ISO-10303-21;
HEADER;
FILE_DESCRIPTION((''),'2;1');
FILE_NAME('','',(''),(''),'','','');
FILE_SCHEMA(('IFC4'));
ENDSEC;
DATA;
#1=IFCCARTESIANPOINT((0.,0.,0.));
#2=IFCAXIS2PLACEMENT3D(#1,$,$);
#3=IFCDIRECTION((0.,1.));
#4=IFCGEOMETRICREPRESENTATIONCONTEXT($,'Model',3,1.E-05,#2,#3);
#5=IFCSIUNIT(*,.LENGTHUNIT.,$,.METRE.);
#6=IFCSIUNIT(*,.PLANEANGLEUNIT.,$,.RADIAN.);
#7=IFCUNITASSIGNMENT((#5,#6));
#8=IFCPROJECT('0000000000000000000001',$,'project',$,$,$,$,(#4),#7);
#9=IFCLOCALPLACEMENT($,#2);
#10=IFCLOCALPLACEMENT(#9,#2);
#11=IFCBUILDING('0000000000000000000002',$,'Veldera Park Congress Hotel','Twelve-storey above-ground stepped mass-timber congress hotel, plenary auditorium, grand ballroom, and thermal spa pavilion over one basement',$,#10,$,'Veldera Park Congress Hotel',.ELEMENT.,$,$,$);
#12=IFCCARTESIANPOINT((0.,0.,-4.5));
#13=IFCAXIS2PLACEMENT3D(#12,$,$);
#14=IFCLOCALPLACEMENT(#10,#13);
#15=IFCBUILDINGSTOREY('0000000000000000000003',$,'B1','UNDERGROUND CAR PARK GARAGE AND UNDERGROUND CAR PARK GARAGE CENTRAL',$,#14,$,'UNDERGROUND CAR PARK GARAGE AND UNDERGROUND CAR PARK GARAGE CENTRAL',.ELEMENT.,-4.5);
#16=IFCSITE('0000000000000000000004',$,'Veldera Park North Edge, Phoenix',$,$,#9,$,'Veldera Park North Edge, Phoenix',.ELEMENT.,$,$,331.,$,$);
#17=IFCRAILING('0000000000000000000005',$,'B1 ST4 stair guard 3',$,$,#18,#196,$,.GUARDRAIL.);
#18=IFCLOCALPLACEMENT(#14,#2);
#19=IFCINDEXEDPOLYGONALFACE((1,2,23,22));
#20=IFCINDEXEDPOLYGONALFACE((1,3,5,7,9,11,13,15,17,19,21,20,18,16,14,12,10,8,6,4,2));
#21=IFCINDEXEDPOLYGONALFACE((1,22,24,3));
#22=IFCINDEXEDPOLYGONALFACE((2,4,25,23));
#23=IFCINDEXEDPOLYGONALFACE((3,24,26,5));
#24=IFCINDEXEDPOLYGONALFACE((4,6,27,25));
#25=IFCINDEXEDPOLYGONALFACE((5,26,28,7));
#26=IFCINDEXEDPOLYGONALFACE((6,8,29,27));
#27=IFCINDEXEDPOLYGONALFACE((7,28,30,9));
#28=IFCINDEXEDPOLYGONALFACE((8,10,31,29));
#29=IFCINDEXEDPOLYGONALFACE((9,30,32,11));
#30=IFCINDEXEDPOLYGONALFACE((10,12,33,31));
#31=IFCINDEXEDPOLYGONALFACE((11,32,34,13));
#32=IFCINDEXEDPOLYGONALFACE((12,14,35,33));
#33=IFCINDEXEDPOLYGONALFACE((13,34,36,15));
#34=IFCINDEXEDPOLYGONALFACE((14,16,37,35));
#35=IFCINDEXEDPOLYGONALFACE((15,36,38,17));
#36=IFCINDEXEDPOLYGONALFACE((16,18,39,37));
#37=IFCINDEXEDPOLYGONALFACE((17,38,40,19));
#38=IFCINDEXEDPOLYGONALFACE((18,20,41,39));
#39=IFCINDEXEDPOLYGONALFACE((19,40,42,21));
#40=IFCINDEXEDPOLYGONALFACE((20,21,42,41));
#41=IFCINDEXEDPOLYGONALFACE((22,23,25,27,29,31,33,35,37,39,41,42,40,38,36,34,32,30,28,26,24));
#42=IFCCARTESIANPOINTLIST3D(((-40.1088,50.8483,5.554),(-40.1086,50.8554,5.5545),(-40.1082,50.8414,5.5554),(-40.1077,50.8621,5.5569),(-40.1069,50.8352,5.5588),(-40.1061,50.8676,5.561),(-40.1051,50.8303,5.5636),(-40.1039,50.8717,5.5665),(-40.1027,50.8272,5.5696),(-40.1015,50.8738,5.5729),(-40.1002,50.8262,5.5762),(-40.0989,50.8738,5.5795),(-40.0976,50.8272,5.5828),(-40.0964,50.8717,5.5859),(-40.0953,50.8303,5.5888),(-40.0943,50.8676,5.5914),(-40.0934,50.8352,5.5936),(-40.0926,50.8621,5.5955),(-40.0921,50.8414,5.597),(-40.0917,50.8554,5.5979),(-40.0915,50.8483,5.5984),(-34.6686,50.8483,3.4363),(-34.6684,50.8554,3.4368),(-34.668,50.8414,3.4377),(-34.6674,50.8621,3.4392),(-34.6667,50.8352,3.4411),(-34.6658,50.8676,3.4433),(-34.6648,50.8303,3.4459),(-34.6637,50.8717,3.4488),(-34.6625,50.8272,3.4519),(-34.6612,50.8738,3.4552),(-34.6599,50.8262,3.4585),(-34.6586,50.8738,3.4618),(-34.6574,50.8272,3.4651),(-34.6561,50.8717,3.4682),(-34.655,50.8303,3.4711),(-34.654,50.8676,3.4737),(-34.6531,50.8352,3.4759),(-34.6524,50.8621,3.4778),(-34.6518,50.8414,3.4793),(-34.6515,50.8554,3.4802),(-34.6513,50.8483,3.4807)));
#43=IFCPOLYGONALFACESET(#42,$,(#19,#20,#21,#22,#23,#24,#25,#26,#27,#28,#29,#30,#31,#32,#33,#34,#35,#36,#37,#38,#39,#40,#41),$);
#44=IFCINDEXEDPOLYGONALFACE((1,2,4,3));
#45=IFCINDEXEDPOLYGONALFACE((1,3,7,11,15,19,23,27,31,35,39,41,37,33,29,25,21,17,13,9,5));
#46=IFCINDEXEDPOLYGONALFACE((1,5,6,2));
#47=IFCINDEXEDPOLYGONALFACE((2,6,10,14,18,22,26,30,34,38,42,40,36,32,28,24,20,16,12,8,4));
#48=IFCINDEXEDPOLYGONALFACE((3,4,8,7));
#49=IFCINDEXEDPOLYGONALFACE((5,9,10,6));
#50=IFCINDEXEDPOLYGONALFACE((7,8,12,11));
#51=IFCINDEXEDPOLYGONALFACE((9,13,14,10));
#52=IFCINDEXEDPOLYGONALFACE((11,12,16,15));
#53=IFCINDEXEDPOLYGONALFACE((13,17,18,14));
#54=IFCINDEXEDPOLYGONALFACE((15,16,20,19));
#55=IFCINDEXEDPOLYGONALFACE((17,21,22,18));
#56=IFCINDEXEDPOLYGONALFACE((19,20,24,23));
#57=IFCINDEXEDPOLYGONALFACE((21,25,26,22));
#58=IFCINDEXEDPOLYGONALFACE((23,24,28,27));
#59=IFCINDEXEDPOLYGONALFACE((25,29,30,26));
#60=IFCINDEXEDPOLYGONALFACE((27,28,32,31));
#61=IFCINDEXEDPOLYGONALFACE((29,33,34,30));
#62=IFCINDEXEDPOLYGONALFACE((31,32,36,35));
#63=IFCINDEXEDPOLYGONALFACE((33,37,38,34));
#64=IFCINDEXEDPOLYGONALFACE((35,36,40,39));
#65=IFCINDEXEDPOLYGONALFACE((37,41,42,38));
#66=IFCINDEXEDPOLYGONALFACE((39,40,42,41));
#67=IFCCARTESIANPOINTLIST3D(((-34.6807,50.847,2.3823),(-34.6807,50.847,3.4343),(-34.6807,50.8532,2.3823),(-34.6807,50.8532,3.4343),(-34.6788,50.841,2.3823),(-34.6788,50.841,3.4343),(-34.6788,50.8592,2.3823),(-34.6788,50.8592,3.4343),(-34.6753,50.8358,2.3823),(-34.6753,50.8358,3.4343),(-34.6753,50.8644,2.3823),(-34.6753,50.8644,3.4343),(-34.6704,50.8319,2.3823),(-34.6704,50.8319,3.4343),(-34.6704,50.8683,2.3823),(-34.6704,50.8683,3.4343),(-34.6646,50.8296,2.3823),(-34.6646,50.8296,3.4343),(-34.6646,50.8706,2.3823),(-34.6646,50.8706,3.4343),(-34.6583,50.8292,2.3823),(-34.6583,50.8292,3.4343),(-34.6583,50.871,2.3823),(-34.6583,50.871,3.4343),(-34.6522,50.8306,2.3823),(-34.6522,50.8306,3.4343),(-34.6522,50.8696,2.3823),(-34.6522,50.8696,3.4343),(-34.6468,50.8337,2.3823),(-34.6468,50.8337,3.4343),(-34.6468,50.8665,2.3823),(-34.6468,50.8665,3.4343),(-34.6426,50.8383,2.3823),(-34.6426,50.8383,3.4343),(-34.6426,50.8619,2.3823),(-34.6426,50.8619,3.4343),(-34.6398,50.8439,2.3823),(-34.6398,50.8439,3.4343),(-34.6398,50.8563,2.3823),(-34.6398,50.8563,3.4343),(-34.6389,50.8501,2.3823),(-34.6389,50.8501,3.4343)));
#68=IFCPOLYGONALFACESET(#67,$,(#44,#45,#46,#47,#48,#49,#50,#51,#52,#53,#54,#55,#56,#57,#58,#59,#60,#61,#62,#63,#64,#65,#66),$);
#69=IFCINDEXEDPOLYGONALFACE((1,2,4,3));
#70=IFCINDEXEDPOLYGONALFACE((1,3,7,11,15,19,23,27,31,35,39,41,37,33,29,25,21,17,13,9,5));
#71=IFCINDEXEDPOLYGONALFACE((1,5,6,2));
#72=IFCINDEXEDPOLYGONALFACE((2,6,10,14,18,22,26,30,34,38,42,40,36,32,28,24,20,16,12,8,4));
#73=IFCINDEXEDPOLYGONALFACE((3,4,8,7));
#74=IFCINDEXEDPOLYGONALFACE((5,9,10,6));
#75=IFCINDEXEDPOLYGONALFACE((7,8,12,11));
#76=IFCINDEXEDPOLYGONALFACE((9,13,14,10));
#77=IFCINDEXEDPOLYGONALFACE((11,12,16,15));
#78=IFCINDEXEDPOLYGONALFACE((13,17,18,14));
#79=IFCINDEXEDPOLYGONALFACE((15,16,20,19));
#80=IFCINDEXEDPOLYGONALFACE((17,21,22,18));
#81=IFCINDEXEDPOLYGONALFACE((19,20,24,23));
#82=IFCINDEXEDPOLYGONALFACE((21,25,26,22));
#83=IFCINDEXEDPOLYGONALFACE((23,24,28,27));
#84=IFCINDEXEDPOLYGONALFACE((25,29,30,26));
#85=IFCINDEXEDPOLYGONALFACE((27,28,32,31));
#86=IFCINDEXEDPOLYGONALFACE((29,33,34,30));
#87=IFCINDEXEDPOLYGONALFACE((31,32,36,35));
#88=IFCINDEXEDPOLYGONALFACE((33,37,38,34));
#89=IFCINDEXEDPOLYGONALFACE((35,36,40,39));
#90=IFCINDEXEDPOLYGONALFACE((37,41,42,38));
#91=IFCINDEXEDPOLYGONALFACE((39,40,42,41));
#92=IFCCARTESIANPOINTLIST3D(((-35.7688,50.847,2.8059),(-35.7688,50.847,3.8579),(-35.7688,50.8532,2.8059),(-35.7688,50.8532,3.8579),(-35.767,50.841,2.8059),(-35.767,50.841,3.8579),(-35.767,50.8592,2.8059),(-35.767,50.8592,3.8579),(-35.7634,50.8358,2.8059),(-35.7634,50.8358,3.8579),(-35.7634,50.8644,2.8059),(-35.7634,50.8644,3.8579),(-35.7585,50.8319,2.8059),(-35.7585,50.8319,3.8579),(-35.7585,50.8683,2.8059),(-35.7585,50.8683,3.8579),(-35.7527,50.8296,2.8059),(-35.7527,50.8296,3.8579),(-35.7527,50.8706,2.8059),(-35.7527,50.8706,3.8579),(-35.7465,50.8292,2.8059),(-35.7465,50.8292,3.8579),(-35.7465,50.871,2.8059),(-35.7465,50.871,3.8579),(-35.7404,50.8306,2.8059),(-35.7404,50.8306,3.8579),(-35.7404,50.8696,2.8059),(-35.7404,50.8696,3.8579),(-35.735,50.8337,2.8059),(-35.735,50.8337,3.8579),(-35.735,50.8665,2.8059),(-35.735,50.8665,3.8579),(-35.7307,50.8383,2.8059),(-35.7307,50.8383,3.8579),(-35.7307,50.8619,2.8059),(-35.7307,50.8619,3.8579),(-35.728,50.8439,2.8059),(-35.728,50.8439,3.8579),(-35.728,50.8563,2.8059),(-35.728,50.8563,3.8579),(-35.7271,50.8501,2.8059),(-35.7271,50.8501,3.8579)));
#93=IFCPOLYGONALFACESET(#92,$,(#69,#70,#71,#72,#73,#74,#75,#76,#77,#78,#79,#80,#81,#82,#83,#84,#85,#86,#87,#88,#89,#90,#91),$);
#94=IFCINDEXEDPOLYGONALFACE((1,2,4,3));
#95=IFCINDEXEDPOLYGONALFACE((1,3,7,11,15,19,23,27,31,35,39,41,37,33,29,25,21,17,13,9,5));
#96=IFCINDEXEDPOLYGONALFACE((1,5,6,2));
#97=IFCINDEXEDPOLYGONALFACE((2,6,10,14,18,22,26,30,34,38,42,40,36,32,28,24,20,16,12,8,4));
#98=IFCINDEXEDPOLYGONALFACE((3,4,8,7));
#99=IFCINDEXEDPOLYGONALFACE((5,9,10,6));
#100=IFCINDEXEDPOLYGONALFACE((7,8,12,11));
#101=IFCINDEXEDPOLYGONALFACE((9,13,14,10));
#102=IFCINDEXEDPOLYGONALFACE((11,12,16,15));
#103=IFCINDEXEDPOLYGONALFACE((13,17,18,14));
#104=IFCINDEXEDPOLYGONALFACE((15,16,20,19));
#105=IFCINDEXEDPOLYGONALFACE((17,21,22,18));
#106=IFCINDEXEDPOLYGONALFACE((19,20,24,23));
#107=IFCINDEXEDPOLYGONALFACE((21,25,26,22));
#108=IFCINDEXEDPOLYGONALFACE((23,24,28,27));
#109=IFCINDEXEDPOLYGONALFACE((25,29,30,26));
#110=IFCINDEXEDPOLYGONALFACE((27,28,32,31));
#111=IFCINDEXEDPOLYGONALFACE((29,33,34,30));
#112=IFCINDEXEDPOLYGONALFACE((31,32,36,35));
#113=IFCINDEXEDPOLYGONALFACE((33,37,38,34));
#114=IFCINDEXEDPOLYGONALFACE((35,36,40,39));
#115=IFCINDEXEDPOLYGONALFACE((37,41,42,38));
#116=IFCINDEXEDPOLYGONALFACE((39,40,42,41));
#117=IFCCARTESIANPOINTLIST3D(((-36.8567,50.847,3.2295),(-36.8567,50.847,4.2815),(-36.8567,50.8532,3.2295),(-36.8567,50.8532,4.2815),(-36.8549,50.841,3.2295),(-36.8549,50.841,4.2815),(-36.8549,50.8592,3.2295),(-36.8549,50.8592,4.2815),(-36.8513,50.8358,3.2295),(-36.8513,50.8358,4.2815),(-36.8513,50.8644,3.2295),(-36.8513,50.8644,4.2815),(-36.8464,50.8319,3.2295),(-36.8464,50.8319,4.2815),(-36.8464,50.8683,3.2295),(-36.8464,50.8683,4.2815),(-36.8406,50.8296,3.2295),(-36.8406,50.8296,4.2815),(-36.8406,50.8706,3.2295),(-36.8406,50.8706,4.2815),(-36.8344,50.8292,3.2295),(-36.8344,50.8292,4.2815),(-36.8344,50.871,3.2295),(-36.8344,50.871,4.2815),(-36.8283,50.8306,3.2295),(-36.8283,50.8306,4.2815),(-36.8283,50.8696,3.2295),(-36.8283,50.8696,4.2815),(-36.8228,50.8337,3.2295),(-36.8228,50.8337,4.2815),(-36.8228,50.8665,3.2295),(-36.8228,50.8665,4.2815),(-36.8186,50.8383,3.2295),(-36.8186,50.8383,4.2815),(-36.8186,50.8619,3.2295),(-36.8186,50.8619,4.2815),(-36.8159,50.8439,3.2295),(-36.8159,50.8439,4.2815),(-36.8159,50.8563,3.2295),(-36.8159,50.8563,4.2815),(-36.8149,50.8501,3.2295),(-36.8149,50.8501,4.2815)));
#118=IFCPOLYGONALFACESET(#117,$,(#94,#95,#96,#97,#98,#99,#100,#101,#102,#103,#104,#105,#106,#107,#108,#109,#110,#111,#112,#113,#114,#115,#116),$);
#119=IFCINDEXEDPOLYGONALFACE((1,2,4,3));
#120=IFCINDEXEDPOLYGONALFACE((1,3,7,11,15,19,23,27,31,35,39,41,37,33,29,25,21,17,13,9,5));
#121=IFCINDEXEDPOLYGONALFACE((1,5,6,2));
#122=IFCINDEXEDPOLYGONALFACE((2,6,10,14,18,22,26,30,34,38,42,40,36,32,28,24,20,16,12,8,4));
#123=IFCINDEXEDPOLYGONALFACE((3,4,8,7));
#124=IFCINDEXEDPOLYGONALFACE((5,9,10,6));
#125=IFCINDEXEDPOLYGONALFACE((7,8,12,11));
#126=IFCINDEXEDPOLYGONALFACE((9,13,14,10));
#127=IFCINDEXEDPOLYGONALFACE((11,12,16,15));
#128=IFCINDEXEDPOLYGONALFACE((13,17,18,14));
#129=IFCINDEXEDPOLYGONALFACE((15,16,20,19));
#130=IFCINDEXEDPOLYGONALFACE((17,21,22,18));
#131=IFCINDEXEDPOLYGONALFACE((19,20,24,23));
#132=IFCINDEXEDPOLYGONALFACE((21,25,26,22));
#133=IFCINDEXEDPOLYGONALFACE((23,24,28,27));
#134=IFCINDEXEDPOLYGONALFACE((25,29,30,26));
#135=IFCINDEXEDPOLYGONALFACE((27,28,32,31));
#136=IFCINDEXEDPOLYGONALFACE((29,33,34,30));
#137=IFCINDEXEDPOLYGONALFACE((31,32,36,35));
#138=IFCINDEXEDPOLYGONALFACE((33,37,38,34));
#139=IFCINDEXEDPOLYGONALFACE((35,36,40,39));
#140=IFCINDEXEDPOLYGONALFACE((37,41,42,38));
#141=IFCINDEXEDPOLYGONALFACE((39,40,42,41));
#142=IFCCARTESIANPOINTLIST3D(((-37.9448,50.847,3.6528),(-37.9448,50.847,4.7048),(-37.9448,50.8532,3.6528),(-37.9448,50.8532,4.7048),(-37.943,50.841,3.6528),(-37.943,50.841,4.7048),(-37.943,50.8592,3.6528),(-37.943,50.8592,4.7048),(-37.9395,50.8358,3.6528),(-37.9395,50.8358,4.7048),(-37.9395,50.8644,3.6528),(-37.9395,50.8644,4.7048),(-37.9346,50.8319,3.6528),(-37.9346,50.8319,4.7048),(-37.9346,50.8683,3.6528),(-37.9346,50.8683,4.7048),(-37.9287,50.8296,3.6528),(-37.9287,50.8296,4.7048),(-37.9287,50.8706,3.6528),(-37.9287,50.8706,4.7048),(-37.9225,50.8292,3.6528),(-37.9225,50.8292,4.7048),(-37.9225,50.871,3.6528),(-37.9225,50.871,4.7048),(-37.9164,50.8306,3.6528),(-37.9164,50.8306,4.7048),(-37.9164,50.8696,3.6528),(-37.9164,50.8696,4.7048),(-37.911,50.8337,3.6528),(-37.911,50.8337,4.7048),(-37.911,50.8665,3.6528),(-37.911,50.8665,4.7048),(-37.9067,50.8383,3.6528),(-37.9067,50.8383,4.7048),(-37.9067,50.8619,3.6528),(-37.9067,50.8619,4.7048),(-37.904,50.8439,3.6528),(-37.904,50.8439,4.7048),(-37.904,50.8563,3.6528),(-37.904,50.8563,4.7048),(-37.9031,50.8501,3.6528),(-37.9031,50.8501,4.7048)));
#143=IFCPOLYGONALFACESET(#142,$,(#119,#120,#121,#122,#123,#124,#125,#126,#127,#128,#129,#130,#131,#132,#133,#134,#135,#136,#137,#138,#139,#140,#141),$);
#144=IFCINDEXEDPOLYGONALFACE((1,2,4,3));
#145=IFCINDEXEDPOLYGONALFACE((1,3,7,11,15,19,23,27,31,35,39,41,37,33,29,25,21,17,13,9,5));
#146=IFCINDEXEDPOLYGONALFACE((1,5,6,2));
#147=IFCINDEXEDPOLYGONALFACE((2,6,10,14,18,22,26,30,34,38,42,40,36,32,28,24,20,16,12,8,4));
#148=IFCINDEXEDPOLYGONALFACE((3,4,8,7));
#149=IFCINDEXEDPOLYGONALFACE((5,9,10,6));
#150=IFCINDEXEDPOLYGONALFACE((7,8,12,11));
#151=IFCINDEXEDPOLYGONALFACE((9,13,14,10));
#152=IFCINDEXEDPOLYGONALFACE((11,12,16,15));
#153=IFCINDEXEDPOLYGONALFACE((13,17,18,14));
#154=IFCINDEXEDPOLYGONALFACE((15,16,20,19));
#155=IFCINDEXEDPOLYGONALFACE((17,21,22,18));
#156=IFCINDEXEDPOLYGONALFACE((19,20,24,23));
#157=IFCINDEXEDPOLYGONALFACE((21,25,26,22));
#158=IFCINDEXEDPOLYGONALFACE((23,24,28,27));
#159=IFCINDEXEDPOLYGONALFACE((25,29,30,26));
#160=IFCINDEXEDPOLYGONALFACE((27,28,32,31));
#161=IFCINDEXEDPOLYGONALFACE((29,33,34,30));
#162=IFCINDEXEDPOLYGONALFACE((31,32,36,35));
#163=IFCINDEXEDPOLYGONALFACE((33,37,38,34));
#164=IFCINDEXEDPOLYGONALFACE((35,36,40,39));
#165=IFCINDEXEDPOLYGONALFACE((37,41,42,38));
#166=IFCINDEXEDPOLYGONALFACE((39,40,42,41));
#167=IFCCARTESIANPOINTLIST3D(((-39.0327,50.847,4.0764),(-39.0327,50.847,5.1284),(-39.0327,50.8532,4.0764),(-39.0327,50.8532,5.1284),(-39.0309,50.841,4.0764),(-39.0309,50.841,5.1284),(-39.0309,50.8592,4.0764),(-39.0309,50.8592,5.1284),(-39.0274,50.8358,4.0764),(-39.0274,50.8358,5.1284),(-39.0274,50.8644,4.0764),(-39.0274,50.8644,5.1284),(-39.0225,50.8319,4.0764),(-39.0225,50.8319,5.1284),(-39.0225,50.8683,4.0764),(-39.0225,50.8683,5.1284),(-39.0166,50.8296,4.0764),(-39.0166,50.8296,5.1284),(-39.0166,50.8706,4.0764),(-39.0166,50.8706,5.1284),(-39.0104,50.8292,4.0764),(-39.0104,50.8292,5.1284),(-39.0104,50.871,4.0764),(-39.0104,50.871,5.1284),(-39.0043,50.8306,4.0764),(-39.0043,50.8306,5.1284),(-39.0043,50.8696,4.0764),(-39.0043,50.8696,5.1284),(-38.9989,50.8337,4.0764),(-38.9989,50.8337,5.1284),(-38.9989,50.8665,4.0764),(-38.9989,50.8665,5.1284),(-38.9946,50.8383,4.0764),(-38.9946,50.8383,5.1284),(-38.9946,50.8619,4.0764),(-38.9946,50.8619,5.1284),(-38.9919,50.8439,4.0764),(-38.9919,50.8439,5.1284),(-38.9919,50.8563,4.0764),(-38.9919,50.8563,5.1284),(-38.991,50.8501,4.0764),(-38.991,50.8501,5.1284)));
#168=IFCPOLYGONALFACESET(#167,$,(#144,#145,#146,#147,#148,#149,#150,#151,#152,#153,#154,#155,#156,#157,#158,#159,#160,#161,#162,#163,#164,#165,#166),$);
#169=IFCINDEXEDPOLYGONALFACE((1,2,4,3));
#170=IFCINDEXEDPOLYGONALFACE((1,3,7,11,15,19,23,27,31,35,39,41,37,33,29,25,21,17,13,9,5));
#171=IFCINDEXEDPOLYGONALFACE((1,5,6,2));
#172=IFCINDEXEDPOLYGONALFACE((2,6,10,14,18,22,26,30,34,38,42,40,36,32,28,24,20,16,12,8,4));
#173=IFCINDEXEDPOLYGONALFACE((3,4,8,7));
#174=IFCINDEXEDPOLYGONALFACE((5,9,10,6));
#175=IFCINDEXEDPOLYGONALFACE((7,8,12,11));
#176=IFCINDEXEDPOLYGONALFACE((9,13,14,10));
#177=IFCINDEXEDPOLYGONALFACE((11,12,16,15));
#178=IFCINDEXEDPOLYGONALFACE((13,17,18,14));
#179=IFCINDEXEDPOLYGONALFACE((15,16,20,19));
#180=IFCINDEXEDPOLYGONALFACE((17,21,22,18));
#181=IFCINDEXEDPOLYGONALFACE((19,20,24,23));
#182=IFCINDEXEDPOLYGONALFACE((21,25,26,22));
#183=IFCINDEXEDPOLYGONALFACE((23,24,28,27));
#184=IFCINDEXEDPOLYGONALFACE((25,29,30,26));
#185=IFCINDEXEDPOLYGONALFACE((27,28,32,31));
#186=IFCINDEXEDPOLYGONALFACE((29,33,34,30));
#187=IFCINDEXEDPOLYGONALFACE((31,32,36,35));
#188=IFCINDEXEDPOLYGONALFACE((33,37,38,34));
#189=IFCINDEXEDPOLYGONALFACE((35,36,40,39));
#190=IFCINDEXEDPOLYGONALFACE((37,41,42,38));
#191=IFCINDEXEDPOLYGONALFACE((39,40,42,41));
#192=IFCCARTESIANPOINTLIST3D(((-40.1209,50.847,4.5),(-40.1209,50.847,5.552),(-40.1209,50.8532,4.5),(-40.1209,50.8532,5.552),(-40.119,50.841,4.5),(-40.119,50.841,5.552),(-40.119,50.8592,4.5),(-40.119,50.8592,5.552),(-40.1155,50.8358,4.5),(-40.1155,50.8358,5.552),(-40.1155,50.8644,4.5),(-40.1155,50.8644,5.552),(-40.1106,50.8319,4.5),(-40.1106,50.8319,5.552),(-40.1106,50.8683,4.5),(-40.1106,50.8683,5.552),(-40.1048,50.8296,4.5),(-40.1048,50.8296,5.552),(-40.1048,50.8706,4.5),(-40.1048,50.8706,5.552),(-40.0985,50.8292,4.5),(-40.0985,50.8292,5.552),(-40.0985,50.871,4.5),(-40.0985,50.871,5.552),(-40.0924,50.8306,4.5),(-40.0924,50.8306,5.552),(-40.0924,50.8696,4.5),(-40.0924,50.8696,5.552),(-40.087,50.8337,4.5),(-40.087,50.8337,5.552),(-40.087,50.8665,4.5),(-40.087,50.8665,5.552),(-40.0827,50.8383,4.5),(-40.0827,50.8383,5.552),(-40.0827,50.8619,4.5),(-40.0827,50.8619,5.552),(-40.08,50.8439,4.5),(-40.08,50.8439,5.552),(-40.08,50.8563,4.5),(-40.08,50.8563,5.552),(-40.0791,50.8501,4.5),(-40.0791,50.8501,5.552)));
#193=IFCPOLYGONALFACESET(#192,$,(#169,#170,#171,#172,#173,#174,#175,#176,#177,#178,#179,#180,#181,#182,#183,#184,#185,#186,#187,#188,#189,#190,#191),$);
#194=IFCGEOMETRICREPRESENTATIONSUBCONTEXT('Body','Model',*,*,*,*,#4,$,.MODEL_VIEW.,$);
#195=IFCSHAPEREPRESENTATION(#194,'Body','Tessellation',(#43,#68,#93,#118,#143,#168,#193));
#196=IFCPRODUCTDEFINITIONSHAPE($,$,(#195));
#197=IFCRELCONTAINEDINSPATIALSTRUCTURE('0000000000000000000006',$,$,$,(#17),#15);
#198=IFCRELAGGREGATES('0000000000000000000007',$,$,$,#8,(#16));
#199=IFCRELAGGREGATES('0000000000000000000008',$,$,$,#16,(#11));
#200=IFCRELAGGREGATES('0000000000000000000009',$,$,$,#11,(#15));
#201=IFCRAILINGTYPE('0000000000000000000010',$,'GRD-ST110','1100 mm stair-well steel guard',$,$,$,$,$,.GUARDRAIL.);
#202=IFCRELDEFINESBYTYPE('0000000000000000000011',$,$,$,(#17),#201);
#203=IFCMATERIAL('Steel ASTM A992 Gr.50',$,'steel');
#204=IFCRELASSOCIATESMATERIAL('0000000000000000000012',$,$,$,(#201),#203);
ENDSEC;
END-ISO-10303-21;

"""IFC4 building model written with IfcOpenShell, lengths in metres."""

from ifc_helpers import new_model, si_unit, direction, frame, origin, origin_2d, place, context, subcontext, project, spatial, circle, extrude, material, type_object, element, save


model = new_model("IFC4")

# Units and contexts
model_context = context("Model", 3, precision=1e-05, world=origin(), true_north=direction((0.0, 1.0)))
body_context = subcontext(model_context, "Body", "Model", "MODEL_VIEW")
ifc_project = project(units=[si_unit("LENGTHUNIT", "METRE"), si_unit("PLANEANGLEUNIT", "RADIAN")], contexts=[model_context])

# Site, building, storey
site_placement = place(None, origin())
site = spatial("IfcSite", under=ifc_project, at=site_placement, Name="Veldera Park North Edge, Phoenix", LongName="Veldera Park North Edge, Phoenix", CompositionType="ELEMENT", RefElevation=331.0)
building_placement = place(site_placement, origin())
building = spatial("IfcBuilding", under=site, at=building_placement, Name="Veldera Park Congress Hotel", Description="Twelve-storey above-ground stepped mass-timber congress hotel, plenary auditorium, grand ballroom, and thermal spa pavilion over one basement", LongName="Veldera Park Congress Hotel", CompositionType="ELEMENT")
storey_placement = place(building_placement, frame((0.0, 0.0, -4.5)))
storey = spatial("IfcBuildingStorey", under=building, at=storey_placement, Name="B1", Description="UNDERGROUND CAR PARK GARAGE AND UNDERGROUND CAR PARK GARAGE CENTRAL", LongName="UNDERGROUND CAR PARK GARAGE AND UNDERGROUND CAR PARK GARAGE CENTRAL", CompositionType="ELEMENT", Elevation=-4.5)

# Railing
ifc_material_1 = material(Name="Steel ASTM A992 Gr.50", Category="steel")
railing_type_1 = type_object("IfcRailingType", Name="GRD-ST110", Description="1100 mm stair-well steel guard", PredefinedType="GUARDRAIL", material=ifc_material_1)
railing_1_placement = place(storey_placement, frame((-34.6599, 50.8501, 2.3823)))
element("IfcRailing", 1, at=railing_1_placement, inside=storey, type_object=railing_type_1, Name="B1 ST4 stair guard 3", PredefinedType="GUARDRAIL", context=body_context, shape_type="SweptSolid", body=[
    extrude(circle(Radius=0.0239, at=origin_2d()), frame((0.0, 0.0, 1.0762), z_axis=(-0.931886, 0.0, 0.362751), x_axis=(0.0, -1.0, 0.0)), (0.0, 0.0, 1.0), 5.8379),
    extrude(circle(Radius=0.021, at=origin_2d()), origin(), (0.0, 0.0, 1.0), 1.052),
    extrude(circle(Radius=0.021, at=origin_2d()), frame((-1.0881, 0.0, 0.4236)), (0.0, 0.0, 1.0), 1.052),
    extrude(circle(Radius=0.021, at=origin_2d()), frame((-2.176, 0.0, 0.8472)), (0.0, 0.0, 1.0), 1.052),
    extrude(circle(Radius=0.021, at=origin_2d()), frame((-3.2642, 0.0, 1.2705)), (0.0, 0.0, 1.0), 1.052),
    extrude(circle(Radius=0.021, at=origin_2d()), frame((-4.3521, 0.0, 1.6941)), (0.0, 0.0, 1.0), 1.052),
    extrude(circle(Radius=0.021, at=origin_2d()), frame((-5.4402, 0.0, 2.1177)), (0.0, 0.0, 1.0), 1.052),
])

save(model, "model.ifc")
